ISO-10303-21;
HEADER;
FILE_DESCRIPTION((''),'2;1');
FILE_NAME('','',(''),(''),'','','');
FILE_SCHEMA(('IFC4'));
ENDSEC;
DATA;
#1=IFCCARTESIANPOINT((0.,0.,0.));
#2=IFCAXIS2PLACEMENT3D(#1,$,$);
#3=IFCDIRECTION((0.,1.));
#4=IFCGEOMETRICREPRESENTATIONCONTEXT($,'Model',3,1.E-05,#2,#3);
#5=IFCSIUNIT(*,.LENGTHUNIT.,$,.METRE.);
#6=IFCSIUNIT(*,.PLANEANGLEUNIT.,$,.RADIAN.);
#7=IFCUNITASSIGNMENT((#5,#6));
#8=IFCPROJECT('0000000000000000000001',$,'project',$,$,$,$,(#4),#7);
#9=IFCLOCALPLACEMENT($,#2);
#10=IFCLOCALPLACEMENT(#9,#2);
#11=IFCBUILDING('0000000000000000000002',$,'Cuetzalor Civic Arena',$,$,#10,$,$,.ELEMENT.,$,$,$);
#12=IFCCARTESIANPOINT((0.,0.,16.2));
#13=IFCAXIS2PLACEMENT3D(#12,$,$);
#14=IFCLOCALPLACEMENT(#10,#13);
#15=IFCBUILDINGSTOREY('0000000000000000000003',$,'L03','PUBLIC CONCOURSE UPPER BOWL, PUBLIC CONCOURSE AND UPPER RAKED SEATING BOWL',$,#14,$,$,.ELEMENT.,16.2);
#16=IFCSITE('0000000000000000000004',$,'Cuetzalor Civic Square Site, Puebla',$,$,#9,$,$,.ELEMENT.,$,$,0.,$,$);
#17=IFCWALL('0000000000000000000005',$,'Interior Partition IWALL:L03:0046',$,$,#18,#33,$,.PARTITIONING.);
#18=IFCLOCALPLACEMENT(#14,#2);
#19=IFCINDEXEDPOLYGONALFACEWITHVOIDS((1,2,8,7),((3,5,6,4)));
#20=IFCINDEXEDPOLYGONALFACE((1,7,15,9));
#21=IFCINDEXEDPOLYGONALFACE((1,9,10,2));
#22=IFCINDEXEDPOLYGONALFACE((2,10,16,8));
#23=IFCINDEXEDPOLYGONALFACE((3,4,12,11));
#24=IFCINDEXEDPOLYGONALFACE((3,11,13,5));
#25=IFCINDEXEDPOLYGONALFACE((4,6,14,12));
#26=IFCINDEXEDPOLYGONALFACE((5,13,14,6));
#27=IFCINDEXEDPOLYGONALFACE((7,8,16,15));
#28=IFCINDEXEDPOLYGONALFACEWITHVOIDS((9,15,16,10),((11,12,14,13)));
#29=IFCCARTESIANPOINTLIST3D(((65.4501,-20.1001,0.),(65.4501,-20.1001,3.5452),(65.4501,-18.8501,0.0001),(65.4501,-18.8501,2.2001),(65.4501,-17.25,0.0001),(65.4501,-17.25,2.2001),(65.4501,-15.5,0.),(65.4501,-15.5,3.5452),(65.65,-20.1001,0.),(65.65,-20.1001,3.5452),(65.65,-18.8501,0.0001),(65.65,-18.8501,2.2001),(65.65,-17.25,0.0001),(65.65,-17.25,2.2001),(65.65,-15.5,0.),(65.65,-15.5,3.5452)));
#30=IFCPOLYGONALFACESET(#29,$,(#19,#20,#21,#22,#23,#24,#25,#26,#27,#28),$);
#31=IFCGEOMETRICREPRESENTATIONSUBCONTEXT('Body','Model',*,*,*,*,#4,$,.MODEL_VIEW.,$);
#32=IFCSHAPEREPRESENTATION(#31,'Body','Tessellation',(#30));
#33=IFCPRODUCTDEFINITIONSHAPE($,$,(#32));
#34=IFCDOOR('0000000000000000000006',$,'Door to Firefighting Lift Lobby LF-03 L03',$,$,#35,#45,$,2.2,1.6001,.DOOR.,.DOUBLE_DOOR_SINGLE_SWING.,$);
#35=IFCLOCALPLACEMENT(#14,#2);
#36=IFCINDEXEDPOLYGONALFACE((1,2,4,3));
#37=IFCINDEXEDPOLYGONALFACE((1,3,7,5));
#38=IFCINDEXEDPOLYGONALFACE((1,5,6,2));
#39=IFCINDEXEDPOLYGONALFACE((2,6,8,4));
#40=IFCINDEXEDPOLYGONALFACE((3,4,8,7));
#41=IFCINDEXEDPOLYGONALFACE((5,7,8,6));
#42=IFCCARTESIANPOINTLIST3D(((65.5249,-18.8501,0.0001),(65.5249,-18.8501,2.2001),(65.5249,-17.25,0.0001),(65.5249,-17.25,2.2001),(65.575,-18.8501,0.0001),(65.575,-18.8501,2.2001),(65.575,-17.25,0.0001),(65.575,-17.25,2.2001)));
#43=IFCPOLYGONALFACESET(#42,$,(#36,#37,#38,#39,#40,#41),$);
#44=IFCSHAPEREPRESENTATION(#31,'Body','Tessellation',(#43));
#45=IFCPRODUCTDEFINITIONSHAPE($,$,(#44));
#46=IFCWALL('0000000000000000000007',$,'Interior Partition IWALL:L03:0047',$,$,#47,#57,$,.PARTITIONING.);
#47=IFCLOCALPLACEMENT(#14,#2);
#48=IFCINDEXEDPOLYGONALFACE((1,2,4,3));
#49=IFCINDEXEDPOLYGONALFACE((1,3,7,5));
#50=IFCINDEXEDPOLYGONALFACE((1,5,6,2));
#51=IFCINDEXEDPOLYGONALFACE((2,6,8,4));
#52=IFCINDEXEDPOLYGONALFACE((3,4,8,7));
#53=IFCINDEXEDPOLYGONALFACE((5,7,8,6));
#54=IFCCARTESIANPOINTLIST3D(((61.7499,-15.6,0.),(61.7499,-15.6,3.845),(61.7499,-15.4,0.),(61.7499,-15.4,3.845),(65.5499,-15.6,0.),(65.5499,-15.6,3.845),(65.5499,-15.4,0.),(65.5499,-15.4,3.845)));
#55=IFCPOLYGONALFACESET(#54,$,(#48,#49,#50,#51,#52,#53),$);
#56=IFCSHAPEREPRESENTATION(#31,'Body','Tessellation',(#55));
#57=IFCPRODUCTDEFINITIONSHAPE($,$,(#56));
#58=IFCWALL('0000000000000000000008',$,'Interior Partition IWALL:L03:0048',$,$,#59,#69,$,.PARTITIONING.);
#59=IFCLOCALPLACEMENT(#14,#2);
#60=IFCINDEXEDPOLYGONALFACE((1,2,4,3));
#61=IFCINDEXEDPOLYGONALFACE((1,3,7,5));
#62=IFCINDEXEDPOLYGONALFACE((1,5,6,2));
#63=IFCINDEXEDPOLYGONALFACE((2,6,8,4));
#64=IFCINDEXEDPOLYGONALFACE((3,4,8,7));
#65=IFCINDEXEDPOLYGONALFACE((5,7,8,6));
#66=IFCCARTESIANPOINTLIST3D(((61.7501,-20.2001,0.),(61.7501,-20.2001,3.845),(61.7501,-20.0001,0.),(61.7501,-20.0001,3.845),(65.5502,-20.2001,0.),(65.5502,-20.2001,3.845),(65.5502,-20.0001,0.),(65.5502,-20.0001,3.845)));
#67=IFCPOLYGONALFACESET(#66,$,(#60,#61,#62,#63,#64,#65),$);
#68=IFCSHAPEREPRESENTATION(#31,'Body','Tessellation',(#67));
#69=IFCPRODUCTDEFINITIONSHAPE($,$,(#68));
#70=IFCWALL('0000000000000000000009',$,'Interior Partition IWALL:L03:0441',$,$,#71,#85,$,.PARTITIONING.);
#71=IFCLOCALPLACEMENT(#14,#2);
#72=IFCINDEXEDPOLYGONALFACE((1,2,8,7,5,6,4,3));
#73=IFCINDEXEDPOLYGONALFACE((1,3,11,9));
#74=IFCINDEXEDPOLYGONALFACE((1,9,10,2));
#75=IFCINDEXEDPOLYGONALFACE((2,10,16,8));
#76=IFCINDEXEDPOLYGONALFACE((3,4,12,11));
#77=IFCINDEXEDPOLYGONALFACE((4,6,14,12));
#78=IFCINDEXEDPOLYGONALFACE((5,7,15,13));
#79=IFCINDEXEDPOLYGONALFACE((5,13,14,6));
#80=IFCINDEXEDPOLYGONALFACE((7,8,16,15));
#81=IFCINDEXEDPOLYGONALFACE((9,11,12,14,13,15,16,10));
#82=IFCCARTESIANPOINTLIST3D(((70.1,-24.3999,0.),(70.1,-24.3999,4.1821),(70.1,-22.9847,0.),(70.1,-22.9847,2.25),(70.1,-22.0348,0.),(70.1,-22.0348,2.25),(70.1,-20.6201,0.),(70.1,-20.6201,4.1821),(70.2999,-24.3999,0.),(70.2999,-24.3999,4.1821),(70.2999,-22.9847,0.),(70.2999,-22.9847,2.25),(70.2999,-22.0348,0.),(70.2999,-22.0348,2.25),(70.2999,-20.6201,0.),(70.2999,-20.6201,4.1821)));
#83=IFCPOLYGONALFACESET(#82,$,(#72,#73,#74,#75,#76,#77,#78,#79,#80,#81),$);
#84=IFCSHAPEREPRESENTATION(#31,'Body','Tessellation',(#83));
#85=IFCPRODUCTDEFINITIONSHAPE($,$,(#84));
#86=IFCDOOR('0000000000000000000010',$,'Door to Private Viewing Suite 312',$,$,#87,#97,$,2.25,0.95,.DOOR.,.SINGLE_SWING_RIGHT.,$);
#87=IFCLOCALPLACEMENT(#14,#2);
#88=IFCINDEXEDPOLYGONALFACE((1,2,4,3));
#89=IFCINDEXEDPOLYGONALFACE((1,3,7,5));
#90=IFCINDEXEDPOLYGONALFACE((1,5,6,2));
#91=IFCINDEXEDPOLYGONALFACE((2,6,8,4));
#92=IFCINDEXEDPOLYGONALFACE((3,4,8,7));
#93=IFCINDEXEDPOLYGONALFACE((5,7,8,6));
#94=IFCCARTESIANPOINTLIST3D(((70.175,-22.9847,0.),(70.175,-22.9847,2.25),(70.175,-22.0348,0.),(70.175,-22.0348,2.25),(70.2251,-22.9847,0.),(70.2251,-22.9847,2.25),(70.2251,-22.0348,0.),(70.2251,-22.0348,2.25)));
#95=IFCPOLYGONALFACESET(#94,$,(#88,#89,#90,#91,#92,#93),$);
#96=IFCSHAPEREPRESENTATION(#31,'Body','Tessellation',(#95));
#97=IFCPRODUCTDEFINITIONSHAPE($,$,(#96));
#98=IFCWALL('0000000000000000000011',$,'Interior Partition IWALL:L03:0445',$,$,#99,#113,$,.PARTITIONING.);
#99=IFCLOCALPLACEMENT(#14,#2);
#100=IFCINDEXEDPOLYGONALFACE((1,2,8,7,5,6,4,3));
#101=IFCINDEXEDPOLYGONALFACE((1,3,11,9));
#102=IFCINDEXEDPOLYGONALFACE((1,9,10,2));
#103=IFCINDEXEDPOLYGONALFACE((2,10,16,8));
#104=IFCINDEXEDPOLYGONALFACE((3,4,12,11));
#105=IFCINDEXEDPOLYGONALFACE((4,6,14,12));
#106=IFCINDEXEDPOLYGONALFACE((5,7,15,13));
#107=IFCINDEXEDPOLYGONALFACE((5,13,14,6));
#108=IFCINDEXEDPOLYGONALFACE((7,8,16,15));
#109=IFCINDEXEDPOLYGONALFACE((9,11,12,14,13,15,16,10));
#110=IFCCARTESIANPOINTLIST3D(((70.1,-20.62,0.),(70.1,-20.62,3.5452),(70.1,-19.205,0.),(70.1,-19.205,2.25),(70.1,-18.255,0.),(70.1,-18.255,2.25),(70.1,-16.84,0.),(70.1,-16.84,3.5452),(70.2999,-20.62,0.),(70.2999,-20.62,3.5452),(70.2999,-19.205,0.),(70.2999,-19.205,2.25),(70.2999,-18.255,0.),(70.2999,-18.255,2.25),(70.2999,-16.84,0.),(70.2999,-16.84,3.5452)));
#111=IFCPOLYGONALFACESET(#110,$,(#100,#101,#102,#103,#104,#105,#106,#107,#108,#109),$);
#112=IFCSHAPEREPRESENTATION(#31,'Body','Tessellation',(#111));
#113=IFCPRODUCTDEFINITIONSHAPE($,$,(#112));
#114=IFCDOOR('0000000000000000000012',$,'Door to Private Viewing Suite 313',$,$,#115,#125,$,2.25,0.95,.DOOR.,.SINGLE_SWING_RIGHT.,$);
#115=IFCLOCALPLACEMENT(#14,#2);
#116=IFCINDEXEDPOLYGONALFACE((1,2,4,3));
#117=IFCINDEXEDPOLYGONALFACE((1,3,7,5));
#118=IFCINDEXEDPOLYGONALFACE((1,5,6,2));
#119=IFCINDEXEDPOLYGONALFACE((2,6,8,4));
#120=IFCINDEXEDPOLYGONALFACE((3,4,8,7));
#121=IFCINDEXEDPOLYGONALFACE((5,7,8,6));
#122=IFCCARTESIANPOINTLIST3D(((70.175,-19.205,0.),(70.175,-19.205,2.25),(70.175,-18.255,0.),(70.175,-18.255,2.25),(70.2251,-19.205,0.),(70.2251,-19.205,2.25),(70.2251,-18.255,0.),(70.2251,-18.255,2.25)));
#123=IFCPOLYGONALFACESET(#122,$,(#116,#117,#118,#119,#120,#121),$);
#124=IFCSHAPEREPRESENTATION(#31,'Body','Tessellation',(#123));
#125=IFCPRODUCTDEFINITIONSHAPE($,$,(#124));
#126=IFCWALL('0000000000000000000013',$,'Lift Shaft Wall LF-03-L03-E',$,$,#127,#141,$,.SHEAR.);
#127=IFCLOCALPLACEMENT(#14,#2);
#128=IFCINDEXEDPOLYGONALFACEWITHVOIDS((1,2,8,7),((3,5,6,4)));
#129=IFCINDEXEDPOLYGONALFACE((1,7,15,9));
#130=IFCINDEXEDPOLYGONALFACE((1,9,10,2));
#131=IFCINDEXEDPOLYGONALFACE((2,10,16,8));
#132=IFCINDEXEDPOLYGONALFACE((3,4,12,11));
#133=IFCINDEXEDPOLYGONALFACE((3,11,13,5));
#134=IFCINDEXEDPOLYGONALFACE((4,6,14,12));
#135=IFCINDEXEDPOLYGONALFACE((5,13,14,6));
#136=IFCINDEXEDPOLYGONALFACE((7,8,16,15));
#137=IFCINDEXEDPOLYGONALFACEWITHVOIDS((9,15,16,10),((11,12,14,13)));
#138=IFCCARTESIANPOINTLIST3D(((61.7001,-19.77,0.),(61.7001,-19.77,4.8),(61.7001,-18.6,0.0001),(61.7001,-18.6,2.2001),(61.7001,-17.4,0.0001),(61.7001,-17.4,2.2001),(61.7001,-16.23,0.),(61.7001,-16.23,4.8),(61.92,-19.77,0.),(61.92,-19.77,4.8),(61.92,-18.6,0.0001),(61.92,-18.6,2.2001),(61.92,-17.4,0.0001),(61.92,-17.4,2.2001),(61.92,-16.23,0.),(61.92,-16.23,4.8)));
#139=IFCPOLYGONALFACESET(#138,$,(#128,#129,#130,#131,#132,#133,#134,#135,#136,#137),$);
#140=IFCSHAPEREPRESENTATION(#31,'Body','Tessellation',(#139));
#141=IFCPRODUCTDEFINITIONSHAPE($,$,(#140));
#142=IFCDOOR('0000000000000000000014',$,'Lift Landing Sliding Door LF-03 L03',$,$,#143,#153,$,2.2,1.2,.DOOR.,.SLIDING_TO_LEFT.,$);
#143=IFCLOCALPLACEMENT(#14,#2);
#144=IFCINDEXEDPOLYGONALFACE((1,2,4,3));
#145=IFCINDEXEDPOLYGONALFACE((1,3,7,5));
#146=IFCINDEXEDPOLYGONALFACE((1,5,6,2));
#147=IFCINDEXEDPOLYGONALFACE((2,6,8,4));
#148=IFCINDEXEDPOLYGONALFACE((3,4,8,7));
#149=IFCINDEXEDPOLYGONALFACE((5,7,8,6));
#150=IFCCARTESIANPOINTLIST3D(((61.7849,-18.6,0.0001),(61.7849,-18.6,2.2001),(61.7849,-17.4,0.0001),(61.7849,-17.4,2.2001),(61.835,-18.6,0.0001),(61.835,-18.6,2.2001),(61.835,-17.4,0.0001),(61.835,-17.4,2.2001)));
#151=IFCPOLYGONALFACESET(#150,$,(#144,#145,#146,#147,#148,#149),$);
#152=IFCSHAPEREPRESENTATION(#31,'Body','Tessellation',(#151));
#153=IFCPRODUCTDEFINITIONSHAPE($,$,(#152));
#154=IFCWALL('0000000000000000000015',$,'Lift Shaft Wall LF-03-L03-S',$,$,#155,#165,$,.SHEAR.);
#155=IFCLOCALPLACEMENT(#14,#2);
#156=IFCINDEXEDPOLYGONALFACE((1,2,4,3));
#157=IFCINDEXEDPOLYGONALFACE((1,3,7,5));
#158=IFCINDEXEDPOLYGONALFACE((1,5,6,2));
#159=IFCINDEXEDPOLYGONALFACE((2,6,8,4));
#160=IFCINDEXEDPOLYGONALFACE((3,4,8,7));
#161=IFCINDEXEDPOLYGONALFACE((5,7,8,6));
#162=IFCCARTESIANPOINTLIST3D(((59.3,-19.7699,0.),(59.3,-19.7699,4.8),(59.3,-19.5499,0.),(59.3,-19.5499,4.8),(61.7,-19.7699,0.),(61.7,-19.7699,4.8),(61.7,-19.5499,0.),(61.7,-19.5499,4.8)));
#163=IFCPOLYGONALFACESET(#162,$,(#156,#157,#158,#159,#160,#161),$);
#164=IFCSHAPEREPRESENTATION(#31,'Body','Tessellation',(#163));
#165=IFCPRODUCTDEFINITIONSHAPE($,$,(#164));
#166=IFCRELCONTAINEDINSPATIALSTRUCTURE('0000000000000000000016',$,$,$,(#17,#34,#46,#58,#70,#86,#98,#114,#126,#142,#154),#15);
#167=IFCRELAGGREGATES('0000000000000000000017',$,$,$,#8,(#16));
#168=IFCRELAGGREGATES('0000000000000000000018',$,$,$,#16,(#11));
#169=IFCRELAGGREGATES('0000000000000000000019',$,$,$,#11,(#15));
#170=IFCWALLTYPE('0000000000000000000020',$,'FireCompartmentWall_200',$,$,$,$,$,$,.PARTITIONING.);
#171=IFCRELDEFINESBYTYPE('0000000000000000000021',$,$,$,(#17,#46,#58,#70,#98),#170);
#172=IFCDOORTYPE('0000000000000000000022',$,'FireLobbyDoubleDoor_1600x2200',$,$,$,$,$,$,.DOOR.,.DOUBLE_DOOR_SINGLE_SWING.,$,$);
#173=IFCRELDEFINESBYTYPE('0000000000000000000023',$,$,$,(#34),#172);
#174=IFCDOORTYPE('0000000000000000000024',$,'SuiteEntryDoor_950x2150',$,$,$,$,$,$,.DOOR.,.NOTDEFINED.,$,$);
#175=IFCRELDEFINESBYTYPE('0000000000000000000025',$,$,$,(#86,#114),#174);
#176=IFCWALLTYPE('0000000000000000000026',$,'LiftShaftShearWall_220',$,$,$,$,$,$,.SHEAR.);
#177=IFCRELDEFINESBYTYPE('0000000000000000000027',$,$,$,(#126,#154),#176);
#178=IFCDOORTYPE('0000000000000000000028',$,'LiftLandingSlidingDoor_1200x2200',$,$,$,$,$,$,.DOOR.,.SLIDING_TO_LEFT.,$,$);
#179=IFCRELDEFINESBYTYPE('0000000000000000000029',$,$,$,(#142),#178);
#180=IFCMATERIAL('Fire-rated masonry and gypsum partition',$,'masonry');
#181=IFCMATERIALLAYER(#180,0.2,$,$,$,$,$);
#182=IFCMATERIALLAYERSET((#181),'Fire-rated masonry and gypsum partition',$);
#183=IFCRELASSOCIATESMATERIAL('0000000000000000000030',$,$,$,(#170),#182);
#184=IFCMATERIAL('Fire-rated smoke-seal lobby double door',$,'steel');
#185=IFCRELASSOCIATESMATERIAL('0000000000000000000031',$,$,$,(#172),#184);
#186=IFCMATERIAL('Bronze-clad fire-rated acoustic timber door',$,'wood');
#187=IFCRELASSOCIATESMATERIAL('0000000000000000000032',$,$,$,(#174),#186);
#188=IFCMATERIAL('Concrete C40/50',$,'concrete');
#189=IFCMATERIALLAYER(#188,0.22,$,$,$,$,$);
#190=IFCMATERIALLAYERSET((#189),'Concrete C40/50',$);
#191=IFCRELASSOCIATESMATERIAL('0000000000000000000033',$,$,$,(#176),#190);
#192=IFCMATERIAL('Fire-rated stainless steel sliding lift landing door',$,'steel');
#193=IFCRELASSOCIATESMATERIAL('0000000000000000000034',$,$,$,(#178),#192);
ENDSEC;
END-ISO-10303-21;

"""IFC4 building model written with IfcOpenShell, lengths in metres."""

from ifc_helpers import new_model, si_unit, direction, frame, frame_2d, origin, place, context, subcontext, project, spatial, rectangle, extrude, material, layer, layer_set, type_object, element, fill, save


model = new_model("IFC4")

# Units and contexts
model_context = context("Model", 3, precision=1e-05, world=origin(), true_north=direction((0.0, 1.0)))
body_context = subcontext(model_context, "Body", "Model", "MODEL_VIEW")
ifc_project = project(units=[si_unit("LENGTHUNIT", "METRE"), si_unit("PLANEANGLEUNIT", "RADIAN")], contexts=[model_context])

# Site, building, storey
site_placement = place(None, origin())
site = spatial("IfcSite", under=ifc_project, at=site_placement, Name="Cuetzalor Civic Square Site, Puebla", CompositionType="ELEMENT", RefElevation=0.0)
building_placement = place(site_placement, origin())
building = spatial("IfcBuilding", under=site, at=building_placement, Name="Cuetzalor Civic Arena", CompositionType="ELEMENT")
storey_placement = place(building_placement, frame((0.0, 0.0, 16.2)))
storey = spatial("IfcBuildingStorey", under=building, at=storey_placement, Name="L03", Description="PUBLIC CONCOURSE UPPER BOWL, PUBLIC CONCOURSE AND UPPER RAKED SEATING BOWL", CompositionType="ELEMENT", Elevation=16.2)

# Wall, opening, door
ifc_material_1 = material(Name="Fire-rated masonry and gypsum partition", Category="masonry")
ifc_layer_1 = layer(ifc_material_1, 0.2)
ifc_layer_set_1 = layer_set([ifc_layer_1], Name="Fire-rated masonry and gypsum partition")
wall_type_1 = type_object("IfcWallType", Name="FireCompartmentWall_200", PredefinedType="PARTITIONING", material=ifc_layer_set_1)
wall_1_placement = place(storey_placement, frame((65.55, -15.5, 0.0), z_axis=(0.0, 0.0, 1.0), x_axis=(0.0, -1.0, 0.0)))
wall_1 = element("IfcWall", 1, at=wall_1_placement, inside=storey, type_object=wall_type_1, Name="Interior Partition IWALL:L03:0046", PredefinedType="PARTITIONING", context=body_context, shape_type="SweptSolid", body=[
    extrude(rectangle(XDim=4.6001, YDim=0.2, at=frame_2d((2.3, 0.0))), origin(), (0.0, 0.0, 1.0), 3.5452),
])
opening_1_placement = place(wall_1_placement, frame((1.75, 0.0, 0.0)))
opening_1 = element("IfcOpeningElement", 2, at=opening_1_placement, cuts=wall_1, PredefinedType="OPENING", context=body_context, shape_type="SweptSolid", body=[
    extrude(rectangle(XDim=1.6001, YDim=2.2, at=frame_2d((0.8, 1.1001))), frame((0.0, 0.1099, 0.0), z_axis=(0.0, -1.0, 0.0), x_axis=(1.0, 0.0, 0.0)), (0.0, 0.0, 1.0), 0.22),
])
ifc_material_2 = material(Name="Fire-rated smoke-seal lobby double door", Category="steel")
door_type_1 = type_object("IfcDoorType", Name="FireLobbyDoubleDoor_1600x2200", OperationType="DOUBLE_DOOR_SINGLE_SWING", PredefinedType="DOOR", material=ifc_material_2)
door_1_placement = place(opening_1_placement, origin())
door_1 = element("IfcDoor", 3, at=door_1_placement, inside=storey, type_object=door_type_1, Name="Door to Firefighting Lift Lobby LF-03 L03", OperationType="DOUBLE_DOOR_SINGLE_SWING", OverallHeight=2.2, OverallWidth=1.6001, PredefinedType="DOOR", context=body_context, shape_type="SweptSolid", body=[
    extrude(rectangle(XDim=1.6001, YDim=2.2, at=frame_2d((0.8, 1.1001))), frame((0.0, 0.0249, 0.0), z_axis=(0.0, -1.0, 0.0), x_axis=(1.0, 0.0, 0.0)), (0.0, 0.0, 1.0), 0.05),
])
fill(opening_1, door_1)

# Walls
for number, where, z_axis, x_axis, name in (
    (4, (61.75, -15.5, 0.0), (0.0, 0.0, 1.0), (1.0, 0.0, 0.0), "Interior Partition IWALL:L03:0047"),
    (5, (65.55, -20.1001, 0.0), (0.0, 0.0, 1.0), (-1.0, 0.0, 0.0), "Interior Partition IWALL:L03:0048"),
):
    element("IfcWall", number, at=place(storey_placement, frame(where, z_axis=z_axis, x_axis=x_axis)), inside=storey, type_object=wall_type_1, Name=name, PredefinedType="PARTITIONING", context=body_context, shape_type="SweptSolid", body=[
        extrude(rectangle(XDim=3.8, YDim=0.2, at=frame_2d((1.8999, 0.0))), origin(), (0.0, 0.0, 1.0), 3.845),
    ])

# Walls, openings, doors
wall_2_placement = place(storey_placement, frame((70.2, -24.3999, 0.0), z_axis=(0.0, 0.0, 1.0), x_axis=(0.0, 1.0, 0.0)))
wall_2 = element("IfcWall", 6, at=wall_2_placement, inside=storey, type_object=wall_type_1, Name="Interior Partition IWALL:L03:0441", PredefinedType="PARTITIONING", context=body_context, shape_type="SweptSolid", body=[
    extrude(rectangle(XDim=3.7798, YDim=0.2, at=frame_2d((1.8899, 0.0))), origin(), (0.0, 0.0, 1.0), 4.1821),
])
opening_2_placement = place(wall_2_placement, frame((1.415, 0.0, 0.0)))
opening_2 = element("IfcOpeningElement", 7, at=opening_2_placement, cuts=wall_2, PredefinedType="OPENING", context=body_context, shape_type="SweptSolid", body=[
    extrude(rectangle(XDim=0.95, YDim=2.25, at=frame_2d((0.4751, 1.125))), frame((0.0, 0.1099, 0.0), z_axis=(0.0, -1.0, 0.0), x_axis=(1.0, 0.0, 0.0)), (0.0, 0.0, 1.0), 0.22),
])
ifc_material_3 = material(Name="Bronze-clad fire-rated acoustic timber door", Category="wood")
door_type_2 = type_object("IfcDoorType", Name="SuiteEntryDoor_950x2150", OperationType="NOTDEFINED", PredefinedType="DOOR", material=ifc_material_3)
door_2_placement = place(opening_2_placement, origin())
door_2 = element("IfcDoor", 8, at=door_2_placement, inside=storey, type_object=door_type_2, Name="Door to Private Viewing Suite 312", OperationType="SINGLE_SWING_RIGHT", OverallHeight=2.25, OverallWidth=0.95, PredefinedType="DOOR", context=body_context, shape_type="SweptSolid", body=[
    extrude(rectangle(XDim=0.95, YDim=2.25, at=frame_2d((0.4751, 1.125))), frame((0.0, 0.0249, 0.0), z_axis=(0.0, -1.0, 0.0), x_axis=(1.0, 0.0, 0.0)), (0.0, 0.0, 1.0), 0.05),
])
fill(opening_2, door_2)
wall_3_placement = place(storey_placement, frame((70.2, -20.6201, 0.0), z_axis=(0.0, 0.0, 1.0), x_axis=(0.0, 1.0, 0.0)))
wall_3 = element("IfcWall", 9, at=wall_3_placement, inside=storey, type_object=wall_type_1, Name="Interior Partition IWALL:L03:0445", PredefinedType="PARTITIONING", context=body_context, shape_type="SweptSolid", body=[
    extrude(rectangle(XDim=3.78, YDim=0.2, at=frame_2d((1.8901, 0.0))), origin(), (0.0, 0.0, 1.0), 3.5452),
])
opening_3_placement = place(wall_3_placement, frame((1.415, 0.0, 0.0)))
opening_3 = element("IfcOpeningElement", 10, at=opening_3_placement, cuts=wall_3, PredefinedType="OPENING", context=body_context, shape_type="SweptSolid", body=[
    extrude(rectangle(XDim=0.95, YDim=2.25, at=frame_2d((0.4751, 1.125))), frame((0.0, 0.1099, 0.0), z_axis=(0.0, -1.0, 0.0), x_axis=(1.0, 0.0, 0.0)), (0.0, 0.0, 1.0), 0.22),
])
door_3_placement = place(opening_3_placement, origin())
door_3 = element("IfcDoor", 11, at=door_3_placement, inside=storey, type_object=door_type_2, Name="Door to Private Viewing Suite 313", OperationType="SINGLE_SWING_RIGHT", OverallHeight=2.25, OverallWidth=0.95, PredefinedType="DOOR", context=body_context, shape_type="SweptSolid", body=[
    extrude(rectangle(XDim=0.95, YDim=2.25, at=frame_2d((0.4751, 1.125))), frame((0.0, 0.0249, 0.0), z_axis=(0.0, -1.0, 0.0), x_axis=(1.0, 0.0, 0.0)), (0.0, 0.0, 1.0), 0.05),
])
fill(opening_3, door_3)
ifc_material_4 = material(Name="Concrete C40/50", Category="concrete")
ifc_layer_2 = layer(ifc_material_4, 0.22)
ifc_layer_set_2 = layer_set([ifc_layer_2], Name="Concrete C40/50")
wall_type_2 = type_object("IfcWallType", Name="LiftShaftShearWall_220", PredefinedType="SHEAR", material=ifc_layer_set_2)
wall_4_placement = place(storey_placement, frame((61.8101, -16.23, 0.0), z_axis=(0.0, 0.0, 1.0), x_axis=(0.0, -1.0, 0.0)))
wall_4 = element("IfcWall", 12, at=wall_4_placement, inside=storey, type_object=wall_type_2, Name="Lift Shaft Wall LF-03-L03-E", PredefinedType="SHEAR", context=body_context, shape_type="SweptSolid", body=[
    extrude(rectangle(XDim=3.54, YDim=0.22, at=frame_2d((1.77, 0.0))), origin(), (0.0, 0.0, 1.0), 4.8),
])
opening_4_placement = place(wall_4_placement, frame((1.1699, 0.0, 0.0)))
opening_4 = element("IfcOpeningElement", 13, at=opening_4_placement, cuts=wall_4, PredefinedType="OPENING", context=body_context, shape_type="SweptSolid", body=[
    extrude(rectangle(XDim=1.2, YDim=2.2, at=frame_2d((0.6001, 1.1001))), frame((0.0, 0.1201, 0.0), z_axis=(0.0, -1.0, 0.0), x_axis=(1.0, 0.0, 0.0)), (0.0, 0.0, 1.0), 0.24),
])
ifc_material_5 = material(Name="Fire-rated stainless steel sliding lift landing door", Category="steel")
door_type_3 = type_object("IfcDoorType", Name="LiftLandingSlidingDoor_1200x2200", OperationType="SLIDING_TO_LEFT", PredefinedType="DOOR", material=ifc_material_5)
door_4_placement = place(opening_4_placement, origin())
door_4 = element("IfcDoor", 14, at=door_4_placement, inside=storey, type_object=door_type_3, Name="Lift Landing Sliding Door LF-03 L03", OperationType="SLIDING_TO_LEFT", OverallHeight=2.2, OverallWidth=1.2, PredefinedType="DOOR", context=body_context, shape_type="SweptSolid", body=[
    extrude(rectangle(XDim=1.2, YDim=2.2, at=frame_2d((0.6001, 1.1001))), frame((0.0, 0.0249, 0.0), z_axis=(0.0, -1.0, 0.0), x_axis=(1.0, 0.0, 0.0)), (0.0, 0.0, 1.0), 0.05),
])
fill(opening_4, door_4)

# Wall
wall_5_placement = place(storey_placement, frame((61.7, -19.6599, 0.0), z_axis=(0.0, 0.0, 1.0), x_axis=(-1.0, 0.0, 0.0)))
element("IfcWall", 15, at=wall_5_placement, inside=storey, type_object=wall_type_2, Name="Lift Shaft Wall LF-03-L03-S", PredefinedType="SHEAR", context=body_context, shape_type="SweptSolid", body=[
    extrude(rectangle(XDim=2.3999, YDim=0.22, at=frame_2d((1.2, 0.0))), origin(), (0.0, 0.0, 1.0), 4.8),
])

save(model, "model.ifc")
